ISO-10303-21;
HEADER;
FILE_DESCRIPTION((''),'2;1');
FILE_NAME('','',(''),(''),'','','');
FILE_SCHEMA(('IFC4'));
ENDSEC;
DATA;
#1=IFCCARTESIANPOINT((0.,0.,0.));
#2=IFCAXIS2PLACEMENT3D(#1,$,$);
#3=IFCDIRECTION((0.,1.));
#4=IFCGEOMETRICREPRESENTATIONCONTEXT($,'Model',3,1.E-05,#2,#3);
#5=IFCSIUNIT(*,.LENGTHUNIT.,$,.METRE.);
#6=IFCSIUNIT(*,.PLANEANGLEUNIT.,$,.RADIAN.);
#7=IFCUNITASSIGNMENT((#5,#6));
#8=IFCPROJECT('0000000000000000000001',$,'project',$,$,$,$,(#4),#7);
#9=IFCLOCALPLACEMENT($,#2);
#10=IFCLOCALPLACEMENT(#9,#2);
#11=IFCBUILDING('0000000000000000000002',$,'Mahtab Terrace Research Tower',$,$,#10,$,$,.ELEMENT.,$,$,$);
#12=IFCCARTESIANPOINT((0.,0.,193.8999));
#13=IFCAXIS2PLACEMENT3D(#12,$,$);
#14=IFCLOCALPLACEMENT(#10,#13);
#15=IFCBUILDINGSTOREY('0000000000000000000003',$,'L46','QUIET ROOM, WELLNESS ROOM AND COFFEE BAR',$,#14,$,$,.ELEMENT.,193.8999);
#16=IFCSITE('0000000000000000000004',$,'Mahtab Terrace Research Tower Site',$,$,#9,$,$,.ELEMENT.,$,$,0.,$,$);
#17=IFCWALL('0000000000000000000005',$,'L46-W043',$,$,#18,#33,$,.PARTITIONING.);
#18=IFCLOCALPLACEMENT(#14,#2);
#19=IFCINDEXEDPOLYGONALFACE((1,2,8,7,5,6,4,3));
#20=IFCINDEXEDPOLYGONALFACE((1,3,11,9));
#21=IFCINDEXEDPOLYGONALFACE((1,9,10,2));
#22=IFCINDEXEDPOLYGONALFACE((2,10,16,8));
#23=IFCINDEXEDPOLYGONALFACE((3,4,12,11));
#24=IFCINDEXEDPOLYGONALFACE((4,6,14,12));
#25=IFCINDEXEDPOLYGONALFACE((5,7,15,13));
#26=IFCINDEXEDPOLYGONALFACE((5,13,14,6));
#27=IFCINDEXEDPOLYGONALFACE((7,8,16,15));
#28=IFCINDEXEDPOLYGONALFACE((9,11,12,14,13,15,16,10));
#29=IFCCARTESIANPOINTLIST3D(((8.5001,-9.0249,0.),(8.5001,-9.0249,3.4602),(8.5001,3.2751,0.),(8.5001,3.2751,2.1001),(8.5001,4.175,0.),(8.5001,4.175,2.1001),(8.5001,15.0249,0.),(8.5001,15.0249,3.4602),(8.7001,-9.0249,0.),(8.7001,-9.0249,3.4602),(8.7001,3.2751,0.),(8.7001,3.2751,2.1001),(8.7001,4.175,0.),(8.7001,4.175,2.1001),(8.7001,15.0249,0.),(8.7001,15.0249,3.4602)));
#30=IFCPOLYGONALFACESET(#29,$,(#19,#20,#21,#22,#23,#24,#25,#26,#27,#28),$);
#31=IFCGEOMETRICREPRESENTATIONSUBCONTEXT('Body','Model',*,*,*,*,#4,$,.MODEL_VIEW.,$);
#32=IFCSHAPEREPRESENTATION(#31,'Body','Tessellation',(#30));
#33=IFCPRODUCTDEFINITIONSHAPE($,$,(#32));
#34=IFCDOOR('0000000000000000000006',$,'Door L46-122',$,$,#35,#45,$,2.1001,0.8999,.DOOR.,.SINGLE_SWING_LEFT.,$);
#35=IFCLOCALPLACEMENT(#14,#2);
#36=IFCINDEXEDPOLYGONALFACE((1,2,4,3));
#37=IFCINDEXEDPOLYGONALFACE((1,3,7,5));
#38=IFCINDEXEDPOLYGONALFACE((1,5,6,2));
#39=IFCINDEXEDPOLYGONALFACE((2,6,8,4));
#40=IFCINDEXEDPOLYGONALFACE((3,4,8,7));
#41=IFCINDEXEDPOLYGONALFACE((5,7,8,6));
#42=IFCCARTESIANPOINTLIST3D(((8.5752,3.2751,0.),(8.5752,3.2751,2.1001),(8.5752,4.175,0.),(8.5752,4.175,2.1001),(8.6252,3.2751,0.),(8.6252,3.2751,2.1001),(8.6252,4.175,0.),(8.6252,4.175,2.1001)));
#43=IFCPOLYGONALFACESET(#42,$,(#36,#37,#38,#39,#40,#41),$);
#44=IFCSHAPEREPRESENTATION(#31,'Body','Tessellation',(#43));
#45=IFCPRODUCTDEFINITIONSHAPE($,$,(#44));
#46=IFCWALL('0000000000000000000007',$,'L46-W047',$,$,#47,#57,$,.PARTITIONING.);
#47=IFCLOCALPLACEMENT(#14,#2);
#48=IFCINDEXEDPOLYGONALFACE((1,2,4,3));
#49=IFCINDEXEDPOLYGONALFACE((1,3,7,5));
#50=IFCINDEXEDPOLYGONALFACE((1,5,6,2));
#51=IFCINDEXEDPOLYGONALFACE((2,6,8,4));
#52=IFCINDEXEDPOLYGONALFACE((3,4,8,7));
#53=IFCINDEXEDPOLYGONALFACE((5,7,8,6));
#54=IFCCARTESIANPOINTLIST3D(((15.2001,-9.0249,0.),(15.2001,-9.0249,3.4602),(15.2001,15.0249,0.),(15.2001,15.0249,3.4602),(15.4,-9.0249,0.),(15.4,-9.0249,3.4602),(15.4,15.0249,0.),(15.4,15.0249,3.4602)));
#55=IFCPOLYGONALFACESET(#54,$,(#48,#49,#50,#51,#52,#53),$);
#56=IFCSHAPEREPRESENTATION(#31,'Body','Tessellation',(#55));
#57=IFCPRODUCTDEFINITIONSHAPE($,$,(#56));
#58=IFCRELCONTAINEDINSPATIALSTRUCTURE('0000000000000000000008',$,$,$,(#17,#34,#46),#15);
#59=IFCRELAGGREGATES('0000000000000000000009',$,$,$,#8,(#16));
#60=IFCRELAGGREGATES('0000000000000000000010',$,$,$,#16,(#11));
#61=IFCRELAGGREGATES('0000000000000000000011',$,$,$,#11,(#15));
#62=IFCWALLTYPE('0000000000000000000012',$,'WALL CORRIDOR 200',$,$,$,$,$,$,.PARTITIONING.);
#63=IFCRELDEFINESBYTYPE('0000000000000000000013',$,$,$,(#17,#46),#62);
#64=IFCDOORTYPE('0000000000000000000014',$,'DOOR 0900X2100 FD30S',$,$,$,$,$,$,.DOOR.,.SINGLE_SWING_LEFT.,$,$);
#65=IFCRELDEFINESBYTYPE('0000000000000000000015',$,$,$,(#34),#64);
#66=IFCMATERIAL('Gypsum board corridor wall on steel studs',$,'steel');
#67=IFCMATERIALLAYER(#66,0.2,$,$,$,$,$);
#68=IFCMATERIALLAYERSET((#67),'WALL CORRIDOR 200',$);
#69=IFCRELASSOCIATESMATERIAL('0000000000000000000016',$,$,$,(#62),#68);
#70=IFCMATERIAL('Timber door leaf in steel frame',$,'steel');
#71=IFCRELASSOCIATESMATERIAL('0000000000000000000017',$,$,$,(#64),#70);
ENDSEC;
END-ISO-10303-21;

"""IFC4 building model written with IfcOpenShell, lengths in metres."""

from ifc_helpers import new_model, si_unit, direction, frame, frame_2d, origin, place, context, subcontext, project, spatial, rectangle, extrude, material, layer, layer_set, type_object, element, fill, save


model = new_model("IFC4")

# Units and contexts
model_context = context("Model", 3, precision=1e-05, world=origin(), true_north=direction((0.0, 1.0)))
body_context = subcontext(model_context, "Body", "Model", "MODEL_VIEW")
ifc_project = project(units=[si_unit("LENGTHUNIT", "METRE"), si_unit("PLANEANGLEUNIT", "RADIAN")], contexts=[model_context])

# Site, building, storey
site_placement = place(None, origin())
site = spatial("IfcSite", under=ifc_project, at=site_placement, Name="Mahtab Terrace Research Tower Site", CompositionType="ELEMENT", RefElevation=0.0)
building_placement = place(site_placement, origin())
building = spatial("IfcBuilding", under=site, at=building_placement, Name="Mahtab Terrace Research Tower", CompositionType="ELEMENT")
storey_placement = place(building_placement, frame((0.0, 0.0, 193.8999)))
storey = spatial("IfcBuildingStorey", under=building, at=storey_placement, Name="L46", Description="QUIET ROOM, WELLNESS ROOM AND COFFEE BAR", CompositionType="ELEMENT", Elevation=193.8999)

# Shared definitions
ifc_material_1 = material(Name="Gypsum board corridor wall on steel studs", Category="steel")
ifc_layer_1 = layer(ifc_material_1, 0.2)
ifc_layer_set_1 = layer_set([ifc_layer_1], Name="WALL CORRIDOR 200")
wall_type_1 = type_object("IfcWallType", Name="WALL CORRIDOR 200", PredefinedType="PARTITIONING", material=ifc_layer_set_1)
ifc_material_2 = material(Name="Timber door leaf in steel frame", Category="steel")

# Wall, opening, door
door_type_1 = type_object("IfcDoorType", Name="DOOR 0900X2100 FD30S", OperationType="SINGLE_SWING_LEFT", PredefinedType="DOOR", material=ifc_material_2)
wall_1_placement = place(storey_placement, frame((8.6001, -9.0249, 0.0), z_axis=(0.0, 0.0, 1.0), x_axis=(0.0, 1.0, 0.0)))
wall_1 = element("IfcWall", 1, at=wall_1_placement, inside=storey, type_object=wall_type_1, Name="L46-W043", PredefinedType="PARTITIONING", context=body_context, shape_type="SweptSolid", body=[
    extrude(rectangle(XDim=24.0498, YDim=0.2, at=frame_2d((12.0249, 0.0))), origin(), (0.0, 0.0, 1.0), 3.4602),
])
opening_1_placement = place(wall_1_placement, frame((12.3, 0.0, 0.0)))
opening_1 = element("IfcOpeningElement", 2, at=opening_1_placement, cuts=wall_1, PredefinedType="OPENING", context=body_context, shape_type="SweptSolid", body=[
    extrude(rectangle(XDim=0.8999, YDim=2.1001, at=frame_2d((0.45, 1.05))), frame((0.0, 0.1099, 0.0), z_axis=(0.0, -1.0, 0.0), x_axis=(1.0, 0.0, 0.0)), (0.0, 0.0, 1.0), 0.22),
])
door_1_placement = place(opening_1_placement, origin())
door_1 = element("IfcDoor", 3, at=door_1_placement, inside=storey, type_object=door_type_1, Name="Door L46-122", OperationType="SINGLE_SWING_LEFT", OverallHeight=2.1001, OverallWidth=0.8999, PredefinedType="DOOR", context=body_context, shape_type="SweptSolid", body=[
    extrude(rectangle(XDim=0.8999, YDim=2.1001, at=frame_2d((0.45, 1.05))), frame((0.0, 0.0249, 0.0), z_axis=(0.0, -1.0, 0.0), x_axis=(1.0, 0.0, 0.0)), (0.0, 0.0, 1.0), 0.05),
])
fill(opening_1, door_1)

# Wall
wall_2_placement = place(storey_placement, frame((15.3, -9.0249, 0.0), z_axis=(0.0, 0.0, 1.0), x_axis=(0.0, 1.0, 0.0)))
element("IfcWall", 4, at=wall_2_placement, inside=storey, type_object=wall_type_1, Name="L46-W047", PredefinedType="PARTITIONING", context=body_context, shape_type="SweptSolid", body=[
    extrude(rectangle(XDim=24.0498, YDim=0.2, at=frame_2d((12.0249, 0.0))), origin(), (0.0, 0.0, 1.0), 3.4602),
])

save(model, "model.ifc")
